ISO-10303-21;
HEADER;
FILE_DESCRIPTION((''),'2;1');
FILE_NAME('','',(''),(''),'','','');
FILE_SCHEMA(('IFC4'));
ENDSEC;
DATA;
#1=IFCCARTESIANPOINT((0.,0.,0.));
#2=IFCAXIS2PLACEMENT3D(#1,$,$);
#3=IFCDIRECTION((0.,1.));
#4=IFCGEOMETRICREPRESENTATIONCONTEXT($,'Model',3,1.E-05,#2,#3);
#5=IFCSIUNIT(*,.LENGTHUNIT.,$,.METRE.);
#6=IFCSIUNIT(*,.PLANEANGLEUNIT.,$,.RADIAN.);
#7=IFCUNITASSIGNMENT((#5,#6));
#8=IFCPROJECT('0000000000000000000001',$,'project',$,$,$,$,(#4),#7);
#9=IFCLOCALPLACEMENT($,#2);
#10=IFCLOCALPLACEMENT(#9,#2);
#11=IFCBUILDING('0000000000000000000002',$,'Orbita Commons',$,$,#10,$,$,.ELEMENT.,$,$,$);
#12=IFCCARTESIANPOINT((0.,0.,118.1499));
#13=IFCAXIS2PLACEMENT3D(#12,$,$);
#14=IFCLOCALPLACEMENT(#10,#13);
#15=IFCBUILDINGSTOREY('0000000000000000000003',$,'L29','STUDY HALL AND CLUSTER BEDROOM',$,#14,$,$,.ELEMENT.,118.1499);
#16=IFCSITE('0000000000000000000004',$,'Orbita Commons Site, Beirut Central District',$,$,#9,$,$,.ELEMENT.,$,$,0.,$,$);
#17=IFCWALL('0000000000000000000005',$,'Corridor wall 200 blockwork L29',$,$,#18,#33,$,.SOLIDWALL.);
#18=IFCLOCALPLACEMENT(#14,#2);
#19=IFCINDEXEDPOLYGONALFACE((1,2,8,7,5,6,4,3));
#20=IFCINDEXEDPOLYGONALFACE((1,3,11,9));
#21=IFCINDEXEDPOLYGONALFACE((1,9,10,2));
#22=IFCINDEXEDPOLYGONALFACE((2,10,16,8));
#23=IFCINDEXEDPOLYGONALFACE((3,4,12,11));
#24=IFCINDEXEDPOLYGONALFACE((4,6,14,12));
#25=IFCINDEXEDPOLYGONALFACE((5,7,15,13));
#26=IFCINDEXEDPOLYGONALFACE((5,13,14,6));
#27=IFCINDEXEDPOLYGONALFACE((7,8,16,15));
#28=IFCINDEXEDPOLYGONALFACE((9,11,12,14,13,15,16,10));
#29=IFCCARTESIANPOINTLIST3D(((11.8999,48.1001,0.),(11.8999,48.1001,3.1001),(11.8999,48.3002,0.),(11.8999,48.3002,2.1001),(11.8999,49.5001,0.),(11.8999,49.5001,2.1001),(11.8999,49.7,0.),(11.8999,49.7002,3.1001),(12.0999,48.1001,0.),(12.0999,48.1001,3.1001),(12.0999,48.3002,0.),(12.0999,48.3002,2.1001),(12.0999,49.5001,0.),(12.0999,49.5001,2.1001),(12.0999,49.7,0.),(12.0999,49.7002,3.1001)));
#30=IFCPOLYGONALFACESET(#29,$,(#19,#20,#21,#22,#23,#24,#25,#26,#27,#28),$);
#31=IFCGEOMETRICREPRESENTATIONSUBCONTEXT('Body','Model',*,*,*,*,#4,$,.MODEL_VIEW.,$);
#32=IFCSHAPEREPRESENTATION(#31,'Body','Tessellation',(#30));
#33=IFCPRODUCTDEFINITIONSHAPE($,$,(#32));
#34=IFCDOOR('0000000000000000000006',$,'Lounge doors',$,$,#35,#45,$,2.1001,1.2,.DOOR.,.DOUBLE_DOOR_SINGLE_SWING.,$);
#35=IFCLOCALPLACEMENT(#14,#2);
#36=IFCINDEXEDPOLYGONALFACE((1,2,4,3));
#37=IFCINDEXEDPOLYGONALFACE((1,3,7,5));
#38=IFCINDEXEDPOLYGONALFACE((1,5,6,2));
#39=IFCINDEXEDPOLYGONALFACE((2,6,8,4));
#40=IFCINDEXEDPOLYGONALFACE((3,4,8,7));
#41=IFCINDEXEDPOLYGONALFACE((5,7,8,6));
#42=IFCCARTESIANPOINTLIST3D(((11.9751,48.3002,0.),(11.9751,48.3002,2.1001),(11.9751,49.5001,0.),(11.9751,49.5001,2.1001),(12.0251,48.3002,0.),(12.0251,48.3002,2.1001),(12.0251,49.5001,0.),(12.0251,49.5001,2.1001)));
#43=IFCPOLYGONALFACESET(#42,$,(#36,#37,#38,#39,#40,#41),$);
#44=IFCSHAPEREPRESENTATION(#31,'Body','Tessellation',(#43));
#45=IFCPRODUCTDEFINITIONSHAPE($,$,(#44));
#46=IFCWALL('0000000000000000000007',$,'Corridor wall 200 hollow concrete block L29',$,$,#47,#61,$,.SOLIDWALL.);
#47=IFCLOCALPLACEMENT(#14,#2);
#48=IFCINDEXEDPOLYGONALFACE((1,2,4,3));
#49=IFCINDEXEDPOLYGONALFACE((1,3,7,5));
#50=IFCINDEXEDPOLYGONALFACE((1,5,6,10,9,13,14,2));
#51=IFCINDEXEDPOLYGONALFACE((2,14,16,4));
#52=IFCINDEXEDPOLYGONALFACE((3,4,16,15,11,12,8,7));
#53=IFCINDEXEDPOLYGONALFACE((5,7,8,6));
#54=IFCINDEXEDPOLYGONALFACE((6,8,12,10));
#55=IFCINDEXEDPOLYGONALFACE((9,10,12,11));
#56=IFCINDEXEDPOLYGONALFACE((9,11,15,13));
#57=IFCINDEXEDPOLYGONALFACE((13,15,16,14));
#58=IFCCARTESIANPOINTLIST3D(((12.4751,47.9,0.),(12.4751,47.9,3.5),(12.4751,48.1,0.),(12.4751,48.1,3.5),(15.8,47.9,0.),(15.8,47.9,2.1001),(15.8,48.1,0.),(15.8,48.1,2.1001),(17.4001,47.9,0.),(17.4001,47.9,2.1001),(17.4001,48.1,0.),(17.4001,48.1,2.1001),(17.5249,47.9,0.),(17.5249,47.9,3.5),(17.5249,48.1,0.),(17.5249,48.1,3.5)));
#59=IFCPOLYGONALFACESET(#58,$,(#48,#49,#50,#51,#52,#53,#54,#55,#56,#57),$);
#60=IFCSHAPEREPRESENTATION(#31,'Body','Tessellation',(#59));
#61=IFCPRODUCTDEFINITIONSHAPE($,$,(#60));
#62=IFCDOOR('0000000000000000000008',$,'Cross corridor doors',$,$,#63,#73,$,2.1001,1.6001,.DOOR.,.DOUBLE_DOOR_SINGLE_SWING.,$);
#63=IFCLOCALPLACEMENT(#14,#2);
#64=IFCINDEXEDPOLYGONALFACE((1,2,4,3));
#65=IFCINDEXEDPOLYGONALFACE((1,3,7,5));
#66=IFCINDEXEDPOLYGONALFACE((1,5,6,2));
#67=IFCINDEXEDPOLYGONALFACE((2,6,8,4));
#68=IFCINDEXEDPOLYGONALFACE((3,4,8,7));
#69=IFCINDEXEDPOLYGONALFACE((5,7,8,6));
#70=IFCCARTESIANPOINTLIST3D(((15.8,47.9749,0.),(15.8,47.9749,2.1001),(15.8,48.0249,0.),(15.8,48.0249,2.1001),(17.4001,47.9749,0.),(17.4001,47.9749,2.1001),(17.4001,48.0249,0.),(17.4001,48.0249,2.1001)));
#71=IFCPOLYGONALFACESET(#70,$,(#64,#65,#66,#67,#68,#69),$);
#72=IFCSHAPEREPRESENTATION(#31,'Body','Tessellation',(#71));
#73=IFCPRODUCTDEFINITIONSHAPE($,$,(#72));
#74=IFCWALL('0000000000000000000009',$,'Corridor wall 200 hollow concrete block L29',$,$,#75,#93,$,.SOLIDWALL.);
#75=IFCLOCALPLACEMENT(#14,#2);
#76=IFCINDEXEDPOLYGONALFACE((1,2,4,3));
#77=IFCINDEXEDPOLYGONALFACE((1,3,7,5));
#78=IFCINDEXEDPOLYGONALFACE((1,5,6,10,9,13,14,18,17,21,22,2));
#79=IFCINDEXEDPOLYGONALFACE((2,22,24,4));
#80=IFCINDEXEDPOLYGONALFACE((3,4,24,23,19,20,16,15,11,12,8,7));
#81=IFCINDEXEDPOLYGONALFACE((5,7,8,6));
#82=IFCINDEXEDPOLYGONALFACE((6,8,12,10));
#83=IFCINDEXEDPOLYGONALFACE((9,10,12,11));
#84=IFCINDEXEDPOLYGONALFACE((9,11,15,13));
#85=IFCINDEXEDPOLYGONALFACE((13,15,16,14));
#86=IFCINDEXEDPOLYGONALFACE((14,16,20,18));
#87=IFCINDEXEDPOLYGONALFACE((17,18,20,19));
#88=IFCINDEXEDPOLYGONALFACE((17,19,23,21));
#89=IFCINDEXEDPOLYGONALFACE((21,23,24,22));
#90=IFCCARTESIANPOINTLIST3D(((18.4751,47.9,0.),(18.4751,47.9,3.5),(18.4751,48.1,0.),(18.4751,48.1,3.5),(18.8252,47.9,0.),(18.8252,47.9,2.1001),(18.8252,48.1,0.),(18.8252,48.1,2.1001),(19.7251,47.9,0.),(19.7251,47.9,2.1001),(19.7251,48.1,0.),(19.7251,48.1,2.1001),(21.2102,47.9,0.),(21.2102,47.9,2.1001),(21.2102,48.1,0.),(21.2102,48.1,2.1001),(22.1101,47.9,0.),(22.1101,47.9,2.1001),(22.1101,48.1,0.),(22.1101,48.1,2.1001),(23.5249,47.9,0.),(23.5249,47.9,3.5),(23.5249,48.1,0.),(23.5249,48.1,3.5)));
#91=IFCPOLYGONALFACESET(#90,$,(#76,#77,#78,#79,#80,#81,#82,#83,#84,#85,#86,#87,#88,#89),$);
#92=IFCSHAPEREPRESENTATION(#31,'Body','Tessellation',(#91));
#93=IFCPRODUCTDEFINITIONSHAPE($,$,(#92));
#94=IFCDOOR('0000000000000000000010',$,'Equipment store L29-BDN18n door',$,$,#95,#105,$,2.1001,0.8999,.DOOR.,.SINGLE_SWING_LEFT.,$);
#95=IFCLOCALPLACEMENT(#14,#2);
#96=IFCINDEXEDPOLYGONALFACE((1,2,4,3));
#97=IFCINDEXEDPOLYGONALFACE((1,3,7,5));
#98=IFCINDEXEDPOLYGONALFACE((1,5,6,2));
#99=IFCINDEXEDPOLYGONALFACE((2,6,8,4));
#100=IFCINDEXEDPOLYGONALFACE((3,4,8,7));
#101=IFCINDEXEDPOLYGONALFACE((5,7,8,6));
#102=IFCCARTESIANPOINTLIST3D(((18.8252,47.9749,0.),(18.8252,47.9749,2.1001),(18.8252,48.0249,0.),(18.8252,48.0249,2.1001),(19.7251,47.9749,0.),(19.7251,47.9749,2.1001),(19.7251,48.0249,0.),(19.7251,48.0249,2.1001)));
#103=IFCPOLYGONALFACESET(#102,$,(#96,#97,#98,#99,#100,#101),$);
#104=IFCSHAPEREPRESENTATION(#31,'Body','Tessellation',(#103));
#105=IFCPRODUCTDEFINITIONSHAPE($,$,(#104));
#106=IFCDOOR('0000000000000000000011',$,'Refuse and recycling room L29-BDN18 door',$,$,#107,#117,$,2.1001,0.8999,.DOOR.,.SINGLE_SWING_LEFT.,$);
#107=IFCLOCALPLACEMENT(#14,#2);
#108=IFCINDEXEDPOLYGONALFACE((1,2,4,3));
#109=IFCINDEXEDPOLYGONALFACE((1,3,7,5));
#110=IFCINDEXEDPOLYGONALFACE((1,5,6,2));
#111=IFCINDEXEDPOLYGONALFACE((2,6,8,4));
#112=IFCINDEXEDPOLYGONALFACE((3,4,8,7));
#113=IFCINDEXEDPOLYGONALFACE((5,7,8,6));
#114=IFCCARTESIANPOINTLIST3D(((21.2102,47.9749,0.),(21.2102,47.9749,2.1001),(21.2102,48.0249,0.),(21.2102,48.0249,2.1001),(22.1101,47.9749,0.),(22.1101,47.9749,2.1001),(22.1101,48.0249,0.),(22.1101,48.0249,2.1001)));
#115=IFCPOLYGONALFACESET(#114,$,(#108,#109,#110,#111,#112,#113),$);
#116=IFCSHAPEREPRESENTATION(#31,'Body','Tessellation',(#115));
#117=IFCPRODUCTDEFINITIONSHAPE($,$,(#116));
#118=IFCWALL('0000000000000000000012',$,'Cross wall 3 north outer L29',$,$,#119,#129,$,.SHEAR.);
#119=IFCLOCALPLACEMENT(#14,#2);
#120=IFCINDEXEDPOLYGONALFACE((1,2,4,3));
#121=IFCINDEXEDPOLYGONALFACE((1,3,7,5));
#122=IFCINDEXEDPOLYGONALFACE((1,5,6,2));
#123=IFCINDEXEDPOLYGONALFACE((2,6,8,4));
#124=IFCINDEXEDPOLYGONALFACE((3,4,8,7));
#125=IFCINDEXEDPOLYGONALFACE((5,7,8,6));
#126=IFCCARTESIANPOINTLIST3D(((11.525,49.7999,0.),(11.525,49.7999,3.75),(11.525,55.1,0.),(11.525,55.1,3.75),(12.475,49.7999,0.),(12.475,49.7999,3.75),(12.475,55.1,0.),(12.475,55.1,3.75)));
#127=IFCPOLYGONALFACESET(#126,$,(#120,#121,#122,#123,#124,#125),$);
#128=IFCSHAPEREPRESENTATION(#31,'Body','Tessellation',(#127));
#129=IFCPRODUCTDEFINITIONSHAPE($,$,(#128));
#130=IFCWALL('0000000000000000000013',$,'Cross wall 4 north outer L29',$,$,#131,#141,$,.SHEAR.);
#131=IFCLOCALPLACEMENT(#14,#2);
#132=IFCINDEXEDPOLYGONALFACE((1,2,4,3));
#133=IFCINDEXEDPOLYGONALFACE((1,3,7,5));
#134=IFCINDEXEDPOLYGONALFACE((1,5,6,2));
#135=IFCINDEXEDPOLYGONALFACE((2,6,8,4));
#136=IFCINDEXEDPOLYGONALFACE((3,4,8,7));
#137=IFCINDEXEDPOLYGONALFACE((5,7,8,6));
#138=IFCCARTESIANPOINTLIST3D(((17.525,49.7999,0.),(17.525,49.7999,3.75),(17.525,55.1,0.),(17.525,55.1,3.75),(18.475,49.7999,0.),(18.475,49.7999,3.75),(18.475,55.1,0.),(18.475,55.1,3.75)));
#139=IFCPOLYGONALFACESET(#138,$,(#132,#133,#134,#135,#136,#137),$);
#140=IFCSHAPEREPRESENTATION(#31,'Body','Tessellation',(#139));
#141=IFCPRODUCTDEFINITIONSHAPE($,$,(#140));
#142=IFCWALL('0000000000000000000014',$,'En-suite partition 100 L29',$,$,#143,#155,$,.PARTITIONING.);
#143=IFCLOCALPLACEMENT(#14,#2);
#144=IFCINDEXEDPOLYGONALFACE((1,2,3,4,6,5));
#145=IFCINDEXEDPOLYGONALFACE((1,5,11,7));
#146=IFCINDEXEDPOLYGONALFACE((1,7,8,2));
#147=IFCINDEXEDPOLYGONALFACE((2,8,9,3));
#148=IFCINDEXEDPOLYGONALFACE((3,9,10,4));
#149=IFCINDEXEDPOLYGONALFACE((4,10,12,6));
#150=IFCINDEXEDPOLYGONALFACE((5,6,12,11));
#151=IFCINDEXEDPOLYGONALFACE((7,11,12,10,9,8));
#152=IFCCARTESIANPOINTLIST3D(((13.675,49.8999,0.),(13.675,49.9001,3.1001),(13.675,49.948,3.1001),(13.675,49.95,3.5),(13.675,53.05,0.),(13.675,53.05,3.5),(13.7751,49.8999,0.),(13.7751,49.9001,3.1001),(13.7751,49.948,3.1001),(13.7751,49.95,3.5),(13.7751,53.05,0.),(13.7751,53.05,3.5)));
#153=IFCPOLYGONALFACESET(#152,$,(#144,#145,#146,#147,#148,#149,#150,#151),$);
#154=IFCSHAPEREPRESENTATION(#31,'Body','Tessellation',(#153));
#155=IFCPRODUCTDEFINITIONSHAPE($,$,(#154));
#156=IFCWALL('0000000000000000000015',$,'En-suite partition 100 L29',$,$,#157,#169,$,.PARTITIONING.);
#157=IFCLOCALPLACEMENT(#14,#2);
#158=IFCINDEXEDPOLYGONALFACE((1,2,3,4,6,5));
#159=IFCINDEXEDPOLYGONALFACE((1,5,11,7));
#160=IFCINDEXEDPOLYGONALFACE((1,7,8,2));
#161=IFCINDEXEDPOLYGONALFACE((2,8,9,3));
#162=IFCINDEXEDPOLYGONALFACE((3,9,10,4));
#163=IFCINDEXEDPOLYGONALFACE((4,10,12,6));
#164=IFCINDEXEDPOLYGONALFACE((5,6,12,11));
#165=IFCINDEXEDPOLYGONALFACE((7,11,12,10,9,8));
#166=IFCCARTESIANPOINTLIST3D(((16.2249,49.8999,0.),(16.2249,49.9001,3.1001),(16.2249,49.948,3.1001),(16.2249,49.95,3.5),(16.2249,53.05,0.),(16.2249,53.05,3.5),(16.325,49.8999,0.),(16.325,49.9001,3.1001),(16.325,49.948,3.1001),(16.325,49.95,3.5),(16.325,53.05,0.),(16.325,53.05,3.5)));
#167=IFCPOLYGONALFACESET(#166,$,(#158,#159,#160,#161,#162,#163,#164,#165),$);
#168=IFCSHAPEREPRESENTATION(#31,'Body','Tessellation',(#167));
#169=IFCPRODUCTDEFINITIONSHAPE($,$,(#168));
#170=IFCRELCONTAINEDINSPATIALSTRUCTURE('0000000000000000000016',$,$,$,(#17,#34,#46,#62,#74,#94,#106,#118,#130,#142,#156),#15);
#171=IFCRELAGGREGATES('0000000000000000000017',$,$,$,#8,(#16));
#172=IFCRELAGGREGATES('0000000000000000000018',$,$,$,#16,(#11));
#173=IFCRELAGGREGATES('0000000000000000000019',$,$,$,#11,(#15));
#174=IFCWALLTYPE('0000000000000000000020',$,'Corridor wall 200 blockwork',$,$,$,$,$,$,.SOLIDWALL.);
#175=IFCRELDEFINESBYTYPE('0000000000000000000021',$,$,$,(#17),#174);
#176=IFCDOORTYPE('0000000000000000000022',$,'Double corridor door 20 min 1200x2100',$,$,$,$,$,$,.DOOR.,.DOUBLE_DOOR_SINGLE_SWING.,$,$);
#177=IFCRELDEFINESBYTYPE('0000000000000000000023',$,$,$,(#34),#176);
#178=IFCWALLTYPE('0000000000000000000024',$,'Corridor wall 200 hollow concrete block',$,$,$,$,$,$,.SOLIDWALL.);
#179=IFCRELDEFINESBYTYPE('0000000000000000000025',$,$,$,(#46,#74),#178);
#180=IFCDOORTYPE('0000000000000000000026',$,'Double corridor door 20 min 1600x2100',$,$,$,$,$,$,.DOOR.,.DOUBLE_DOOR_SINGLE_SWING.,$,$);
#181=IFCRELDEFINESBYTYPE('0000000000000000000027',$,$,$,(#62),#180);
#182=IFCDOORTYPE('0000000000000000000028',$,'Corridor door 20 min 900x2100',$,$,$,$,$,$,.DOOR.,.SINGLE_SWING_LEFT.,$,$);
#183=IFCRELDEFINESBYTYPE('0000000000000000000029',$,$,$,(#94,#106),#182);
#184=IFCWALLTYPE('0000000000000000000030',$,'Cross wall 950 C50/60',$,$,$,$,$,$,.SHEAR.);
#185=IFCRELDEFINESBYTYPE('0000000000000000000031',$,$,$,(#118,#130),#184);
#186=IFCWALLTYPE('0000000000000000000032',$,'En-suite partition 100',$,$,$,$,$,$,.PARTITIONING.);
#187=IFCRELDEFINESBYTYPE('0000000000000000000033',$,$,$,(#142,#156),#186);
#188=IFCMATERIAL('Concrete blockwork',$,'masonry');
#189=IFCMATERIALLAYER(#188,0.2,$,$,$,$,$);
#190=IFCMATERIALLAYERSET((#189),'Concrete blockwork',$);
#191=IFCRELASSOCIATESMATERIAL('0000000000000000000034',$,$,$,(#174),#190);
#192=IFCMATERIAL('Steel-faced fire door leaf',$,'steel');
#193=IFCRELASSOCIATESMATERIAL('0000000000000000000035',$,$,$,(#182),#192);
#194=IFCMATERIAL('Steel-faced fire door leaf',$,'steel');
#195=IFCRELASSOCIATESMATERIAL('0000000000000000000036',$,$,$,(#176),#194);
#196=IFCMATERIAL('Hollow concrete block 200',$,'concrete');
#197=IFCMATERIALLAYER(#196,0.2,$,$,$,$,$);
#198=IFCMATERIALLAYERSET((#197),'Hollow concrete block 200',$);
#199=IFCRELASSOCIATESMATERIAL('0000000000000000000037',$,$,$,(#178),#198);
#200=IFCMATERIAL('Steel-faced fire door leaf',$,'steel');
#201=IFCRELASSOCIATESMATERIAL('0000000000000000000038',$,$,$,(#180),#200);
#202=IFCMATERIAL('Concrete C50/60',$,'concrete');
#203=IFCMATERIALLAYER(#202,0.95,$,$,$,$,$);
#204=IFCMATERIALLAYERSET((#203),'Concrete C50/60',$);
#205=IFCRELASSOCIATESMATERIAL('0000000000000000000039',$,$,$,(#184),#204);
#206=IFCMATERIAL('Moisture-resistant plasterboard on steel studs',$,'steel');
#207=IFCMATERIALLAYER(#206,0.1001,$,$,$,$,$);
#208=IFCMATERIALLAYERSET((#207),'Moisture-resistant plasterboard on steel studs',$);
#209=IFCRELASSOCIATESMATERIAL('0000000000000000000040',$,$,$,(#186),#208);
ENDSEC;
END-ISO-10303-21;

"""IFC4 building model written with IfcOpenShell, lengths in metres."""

from ifc_helpers import new_model, si_unit, direction, frame, frame_2d, origin, place, context, subcontext, project, spatial, polyline, rectangle, outline, extrude, material, layer, layer_set, type_object, element, fill, save


model = new_model("IFC4")

# Units and contexts
model_context = context("Model", 3, precision=1e-05, world=origin(), true_north=direction((0.0, 1.0)))
body_context = subcontext(model_context, "Body", "Model", "MODEL_VIEW")
ifc_project = project(units=[si_unit("LENGTHUNIT", "METRE"), si_unit("PLANEANGLEUNIT", "RADIAN")], contexts=[model_context])

# Site, building, storey
site_placement = place(None, origin())
site = spatial("IfcSite", under=ifc_project, at=site_placement, Name="Orbita Commons Site, Beirut Central District", CompositionType="ELEMENT", RefElevation=0.0)
building_placement = place(site_placement, origin())
building = spatial("IfcBuilding", under=site, at=building_placement, Name="Orbita Commons", CompositionType="ELEMENT")
storey_placement = place(building_placement, frame((0.0, 0.0, 118.1499)))
storey = spatial("IfcBuildingStorey", under=building, at=storey_placement, Name="L29", Description="STUDY HALL AND CLUSTER BEDROOM", CompositionType="ELEMENT", Elevation=118.1499)

# Shared definitions
ifc_material_1 = material(Name="Concrete blockwork", Category="masonry")
ifc_layer_1 = layer(ifc_material_1, 0.2)
ifc_layer_set_1 = layer_set([ifc_layer_1], Name="Concrete blockwork")
wall_type_1 = type_object("IfcWallType", Name="Corridor wall 200 blockwork", PredefinedType="SOLIDWALL", material=ifc_layer_set_1)
ifc_material_2 = material(Name="Steel-faced fire door leaf", Category="steel")
door_type_1 = type_object("IfcDoorType", Name="Corridor door 20 min 900x2100", OperationType="SINGLE_SWING_LEFT", PredefinedType="DOOR", material=ifc_material_2)

# Walls, openings, doors
wall_1_placement = place(storey_placement, frame((12.0, 48.1001, 0.0), z_axis=(0.0, 0.0, 1.0), x_axis=(0.0, 1.0, 0.0)))
wall_1 = element("IfcWall", 1, at=wall_1_placement, inside=storey, type_object=wall_type_1, Name="Corridor wall 200 blockwork L29", PredefinedType="SOLIDWALL", context=body_context, shape_type="SweptSolid", body=[
    extrude(outline(polyline([(0.0, 0.0), (1.5999, 0.0), (1.6001, 3.1001), (0.0, 3.1001), (0.0, 0.0)])), frame((0.0, 0.1001, 0.0), z_axis=(0.0, -1.0, 0.0), x_axis=(1.0, 0.0, 0.0)), (0.0, 0.0, 1.0), 0.2),
])
opening_1_placement = place(wall_1_placement, frame((0.2, 0.0, 0.0)))
opening_1 = element("IfcOpeningElement", 2, at=opening_1_placement, cuts=wall_1, PredefinedType="OPENING", context=body_context, shape_type="SweptSolid", body=[
    extrude(rectangle(XDim=1.2, YDim=2.1001, at=frame_2d((0.6001, 1.05))), frame((0.0, 0.1099, 0.0), z_axis=(0.0, -1.0, 0.0), x_axis=(1.0, 0.0, 0.0)), (0.0, 0.0, 1.0), 0.22),
])
ifc_material_3 = material(Name="Steel-faced fire door leaf", Category="steel")
door_type_2 = type_object("IfcDoorType", Name="Double corridor door 20 min 1200x2100", OperationType="DOUBLE_DOOR_SINGLE_SWING", PredefinedType="DOOR", material=ifc_material_3)
door_1_placement = place(opening_1_placement, origin())
door_1 = element("IfcDoor", 3, at=door_1_placement, inside=storey, type_object=door_type_2, Name="Lounge doors", OperationType="DOUBLE_DOOR_SINGLE_SWING", OverallHeight=2.1001, OverallWidth=1.2, PredefinedType="DOOR", context=body_context, shape_type="SweptSolid", body=[
    extrude(rectangle(XDim=1.2, YDim=2.1001, at=frame_2d((0.6001, 1.05))), frame((0.0, 0.0249, 0.0), z_axis=(0.0, -1.0, 0.0), x_axis=(1.0, 0.0, 0.0)), (0.0, 0.0, 1.0), 0.05),
])
fill(opening_1, door_1)
ifc_material_4 = material(Name="Hollow concrete block 200", Category="concrete")
ifc_layer_2 = layer(ifc_material_4, 0.2)
ifc_layer_set_2 = layer_set([ifc_layer_2], Name="Hollow concrete block 200")
wall_type_2 = type_object("IfcWallType", Name="Corridor wall 200 hollow concrete block", PredefinedType="SOLIDWALL", material=ifc_layer_set_2)
wall_2_placement = place(storey_placement, frame((12.4751, 48.0, 0.0), z_axis=(0.0, 0.0, 1.0), x_axis=(1.0, 0.0, 0.0)))
wall_2 = element("IfcWall", 4, at=wall_2_placement, inside=storey, type_object=wall_type_2, Name="Corridor wall 200 hollow concrete block L29", PredefinedType="SOLIDWALL", context=body_context, shape_type="SweptSolid", body=[
    extrude(rectangle(XDim=5.0498, YDim=0.2, at=frame_2d((2.5249, 0.0))), origin(), (0.0, 0.0, 1.0), 3.5),
])
opening_2_placement = place(wall_2_placement, frame((3.325, 0.0, 0.0)))
opening_2 = element("IfcOpeningElement", 5, at=opening_2_placement, cuts=wall_2, PredefinedType="OPENING", context=body_context, shape_type="SweptSolid", body=[
    extrude(rectangle(XDim=1.6001, YDim=2.1001, at=frame_2d((0.8, 1.05))), frame((0.0, 0.1099, 0.0), z_axis=(0.0, -1.0, 0.0), x_axis=(1.0, 0.0, 0.0)), (0.0, 0.0, 1.0), 0.22),
])
ifc_material_5 = material(Name="Steel-faced fire door leaf", Category="steel")
door_type_3 = type_object("IfcDoorType", Name="Double corridor door 20 min 1600x2100", OperationType="DOUBLE_DOOR_SINGLE_SWING", PredefinedType="DOOR", material=ifc_material_5)
door_2_placement = place(opening_2_placement, origin())
door_2 = element("IfcDoor", 6, at=door_2_placement, inside=storey, type_object=door_type_3, Name="Cross corridor doors", OperationType="DOUBLE_DOOR_SINGLE_SWING", OverallHeight=2.1001, OverallWidth=1.6001, PredefinedType="DOOR", context=body_context, shape_type="SweptSolid", body=[
    extrude(rectangle(XDim=1.6001, YDim=2.1001, at=frame_2d((0.8, 1.05))), frame((0.0, 0.0249, 0.0), z_axis=(0.0, -1.0, 0.0), x_axis=(1.0, 0.0, 0.0)), (0.0, 0.0, 1.0), 0.05),
])
fill(opening_2, door_2)

# Wall, openings, doors
wall_3_placement = place(storey_placement, frame((18.4751, 48.0, 0.0), z_axis=(0.0, 0.0, 1.0), x_axis=(1.0, 0.0, 0.0)))
wall_3 = element("IfcWall", 7, at=wall_3_placement, inside=storey, type_object=wall_type_2, Name="Corridor wall 200 hollow concrete block L29", PredefinedType="SOLIDWALL", context=body_context, shape_type="SweptSolid", body=[
    extrude(rectangle(XDim=5.0498, YDim=0.2, at=frame_2d((2.5249, 0.0))), origin(), (0.0, 0.0, 1.0), 3.5),
])
opening_3_placement = place(wall_3_placement, frame((0.3501, 0.0, 0.0)))
opening_3 = element("IfcOpeningElement", 8, at=opening_3_placement, cuts=wall_3, PredefinedType="OPENING", context=body_context, shape_type="SweptSolid", body=[
    extrude(rectangle(XDim=0.8999, YDim=2.1001, at=frame_2d((0.45, 1.05))), frame((0.0, 0.1099, 0.0), z_axis=(0.0, -1.0, 0.0), x_axis=(1.0, 0.0, 0.0)), (0.0, 0.0, 1.0), 0.22),
])
opening_4_placement = place(wall_3_placement, frame((2.7351, 0.0, 0.0)))
opening_4 = element("IfcOpeningElement", 9, at=opening_4_placement, cuts=wall_3, PredefinedType="OPENING", context=body_context, shape_type="SweptSolid", body=[
    extrude(rectangle(XDim=0.8999, YDim=2.1001, at=frame_2d((0.45, 1.05))), frame((0.0, 0.1099, 0.0), z_axis=(0.0, -1.0, 0.0), x_axis=(1.0, 0.0, 0.0)), (0.0, 0.0, 1.0), 0.22),
])
door_3_placement = place(opening_3_placement, origin())
door_3 = element("IfcDoor", 10, at=door_3_placement, inside=storey, type_object=door_type_1, Name="Equipment store L29-BDN18n door", OperationType="SINGLE_SWING_LEFT", OverallHeight=2.1001, OverallWidth=0.8999, PredefinedType="DOOR", context=body_context, shape_type="SweptSolid", body=[
    extrude(rectangle(XDim=0.8999, YDim=2.1001, at=frame_2d((0.45, 1.05))), frame((0.0, 0.0249, 0.0), z_axis=(0.0, -1.0, 0.0), x_axis=(1.0, 0.0, 0.0)), (0.0, 0.0, 1.0), 0.05),
])
fill(opening_3, door_3)
door_4_placement = place(opening_4_placement, origin())
door_4 = element("IfcDoor", 11, at=door_4_placement, inside=storey, type_object=door_type_1, Name="Refuse and recycling room L29-BDN18 door", OperationType="SINGLE_SWING_LEFT", OverallHeight=2.1001, OverallWidth=0.8999, PredefinedType="DOOR", context=body_context, shape_type="SweptSolid", body=[
    extrude(rectangle(XDim=0.8999, YDim=2.1001, at=frame_2d((0.45, 1.05))), frame((0.0, 0.0249, 0.0), z_axis=(0.0, -1.0, 0.0), x_axis=(1.0, 0.0, 0.0)), (0.0, 0.0, 1.0), 0.05),
])
fill(opening_4, door_4)

# Walls
ifc_material_6 = material(Name="Concrete C50/60", Category="concrete")
ifc_layer_3 = layer(ifc_material_6, 0.95)
ifc_layer_set_3 = layer_set([ifc_layer_3], Name="Concrete C50/60")
wall_type_3 = type_object("IfcWallType", Name="Cross wall 950 C50/60", PredefinedType="SHEAR", material=ifc_layer_set_3)
for number, where, z_axis, x_axis, name in (
    (12, (12.0, 49.8, 0.0), (0.0, 0.0, 1.0), (0.0, 1.0, 0.0), "Cross wall 3 north outer L29"),
    (13, (18.0, 49.8, 0.0), (0.0, 0.0, 1.0), (0.0, 1.0, 0.0), "Cross wall 4 north outer L29"),
):
    element("IfcWall", number, at=place(storey_placement, frame(where, z_axis=z_axis, x_axis=x_axis)), inside=storey, type_object=wall_type_3, Name=name, PredefinedType="SHEAR", context=body_context, shape_type="SweptSolid", body=[
        extrude(rectangle(XDim=5.3, YDim=0.95, at=frame_2d((2.6499, 0.0))), origin(), (0.0, 0.0, 1.0), 3.75),
    ])
ifc_material_7 = material(Name="Moisture-resistant plasterboard on steel studs", Category="steel")
ifc_layer_4 = layer(ifc_material_7, 0.1001)
ifc_layer_set_4 = layer_set([ifc_layer_4], Name="Moisture-resistant plasterboard on steel studs")
wall_type_4 = type_object("IfcWallType", Name="En-suite partition 100", PredefinedType="PARTITIONING", material=ifc_layer_set_4)
for number, where, z_axis, x_axis, name in (
    (14, (13.7251, 53.05, 0.0), (0.0, 0.0, 1.0), (0.0, -1.0, 0.0), "En-suite partition 100 L29"),
    (15, (16.2749, 53.05, 0.0), (0.0, 0.0, 1.0), (0.0, -1.0, 0.0), "En-suite partition 100 L29"),
):
    element("IfcWall", number, at=place(storey_placement, frame(where, z_axis=z_axis, x_axis=x_axis)), inside=storey, type_object=wall_type_4, Name=name, PredefinedType="PARTITIONING", context=body_context, shape_type="SweptSolid", body=[
        extrude(outline(polyline([(0.0, 0.0), (3.1501, 0.0), (3.1499, 3.1001), (3.1021, 3.1001), (3.1001, 3.5), (0.0, 3.5), (0.0, 0.0)])), frame((0.0, 0.05, 0.0), z_axis=(0.0, -1.0, 0.0), x_axis=(1.0, 0.0, 0.0)), (0.0, 0.0, 1.0), 0.1001),
    ])

save(model, "model.ifc")
